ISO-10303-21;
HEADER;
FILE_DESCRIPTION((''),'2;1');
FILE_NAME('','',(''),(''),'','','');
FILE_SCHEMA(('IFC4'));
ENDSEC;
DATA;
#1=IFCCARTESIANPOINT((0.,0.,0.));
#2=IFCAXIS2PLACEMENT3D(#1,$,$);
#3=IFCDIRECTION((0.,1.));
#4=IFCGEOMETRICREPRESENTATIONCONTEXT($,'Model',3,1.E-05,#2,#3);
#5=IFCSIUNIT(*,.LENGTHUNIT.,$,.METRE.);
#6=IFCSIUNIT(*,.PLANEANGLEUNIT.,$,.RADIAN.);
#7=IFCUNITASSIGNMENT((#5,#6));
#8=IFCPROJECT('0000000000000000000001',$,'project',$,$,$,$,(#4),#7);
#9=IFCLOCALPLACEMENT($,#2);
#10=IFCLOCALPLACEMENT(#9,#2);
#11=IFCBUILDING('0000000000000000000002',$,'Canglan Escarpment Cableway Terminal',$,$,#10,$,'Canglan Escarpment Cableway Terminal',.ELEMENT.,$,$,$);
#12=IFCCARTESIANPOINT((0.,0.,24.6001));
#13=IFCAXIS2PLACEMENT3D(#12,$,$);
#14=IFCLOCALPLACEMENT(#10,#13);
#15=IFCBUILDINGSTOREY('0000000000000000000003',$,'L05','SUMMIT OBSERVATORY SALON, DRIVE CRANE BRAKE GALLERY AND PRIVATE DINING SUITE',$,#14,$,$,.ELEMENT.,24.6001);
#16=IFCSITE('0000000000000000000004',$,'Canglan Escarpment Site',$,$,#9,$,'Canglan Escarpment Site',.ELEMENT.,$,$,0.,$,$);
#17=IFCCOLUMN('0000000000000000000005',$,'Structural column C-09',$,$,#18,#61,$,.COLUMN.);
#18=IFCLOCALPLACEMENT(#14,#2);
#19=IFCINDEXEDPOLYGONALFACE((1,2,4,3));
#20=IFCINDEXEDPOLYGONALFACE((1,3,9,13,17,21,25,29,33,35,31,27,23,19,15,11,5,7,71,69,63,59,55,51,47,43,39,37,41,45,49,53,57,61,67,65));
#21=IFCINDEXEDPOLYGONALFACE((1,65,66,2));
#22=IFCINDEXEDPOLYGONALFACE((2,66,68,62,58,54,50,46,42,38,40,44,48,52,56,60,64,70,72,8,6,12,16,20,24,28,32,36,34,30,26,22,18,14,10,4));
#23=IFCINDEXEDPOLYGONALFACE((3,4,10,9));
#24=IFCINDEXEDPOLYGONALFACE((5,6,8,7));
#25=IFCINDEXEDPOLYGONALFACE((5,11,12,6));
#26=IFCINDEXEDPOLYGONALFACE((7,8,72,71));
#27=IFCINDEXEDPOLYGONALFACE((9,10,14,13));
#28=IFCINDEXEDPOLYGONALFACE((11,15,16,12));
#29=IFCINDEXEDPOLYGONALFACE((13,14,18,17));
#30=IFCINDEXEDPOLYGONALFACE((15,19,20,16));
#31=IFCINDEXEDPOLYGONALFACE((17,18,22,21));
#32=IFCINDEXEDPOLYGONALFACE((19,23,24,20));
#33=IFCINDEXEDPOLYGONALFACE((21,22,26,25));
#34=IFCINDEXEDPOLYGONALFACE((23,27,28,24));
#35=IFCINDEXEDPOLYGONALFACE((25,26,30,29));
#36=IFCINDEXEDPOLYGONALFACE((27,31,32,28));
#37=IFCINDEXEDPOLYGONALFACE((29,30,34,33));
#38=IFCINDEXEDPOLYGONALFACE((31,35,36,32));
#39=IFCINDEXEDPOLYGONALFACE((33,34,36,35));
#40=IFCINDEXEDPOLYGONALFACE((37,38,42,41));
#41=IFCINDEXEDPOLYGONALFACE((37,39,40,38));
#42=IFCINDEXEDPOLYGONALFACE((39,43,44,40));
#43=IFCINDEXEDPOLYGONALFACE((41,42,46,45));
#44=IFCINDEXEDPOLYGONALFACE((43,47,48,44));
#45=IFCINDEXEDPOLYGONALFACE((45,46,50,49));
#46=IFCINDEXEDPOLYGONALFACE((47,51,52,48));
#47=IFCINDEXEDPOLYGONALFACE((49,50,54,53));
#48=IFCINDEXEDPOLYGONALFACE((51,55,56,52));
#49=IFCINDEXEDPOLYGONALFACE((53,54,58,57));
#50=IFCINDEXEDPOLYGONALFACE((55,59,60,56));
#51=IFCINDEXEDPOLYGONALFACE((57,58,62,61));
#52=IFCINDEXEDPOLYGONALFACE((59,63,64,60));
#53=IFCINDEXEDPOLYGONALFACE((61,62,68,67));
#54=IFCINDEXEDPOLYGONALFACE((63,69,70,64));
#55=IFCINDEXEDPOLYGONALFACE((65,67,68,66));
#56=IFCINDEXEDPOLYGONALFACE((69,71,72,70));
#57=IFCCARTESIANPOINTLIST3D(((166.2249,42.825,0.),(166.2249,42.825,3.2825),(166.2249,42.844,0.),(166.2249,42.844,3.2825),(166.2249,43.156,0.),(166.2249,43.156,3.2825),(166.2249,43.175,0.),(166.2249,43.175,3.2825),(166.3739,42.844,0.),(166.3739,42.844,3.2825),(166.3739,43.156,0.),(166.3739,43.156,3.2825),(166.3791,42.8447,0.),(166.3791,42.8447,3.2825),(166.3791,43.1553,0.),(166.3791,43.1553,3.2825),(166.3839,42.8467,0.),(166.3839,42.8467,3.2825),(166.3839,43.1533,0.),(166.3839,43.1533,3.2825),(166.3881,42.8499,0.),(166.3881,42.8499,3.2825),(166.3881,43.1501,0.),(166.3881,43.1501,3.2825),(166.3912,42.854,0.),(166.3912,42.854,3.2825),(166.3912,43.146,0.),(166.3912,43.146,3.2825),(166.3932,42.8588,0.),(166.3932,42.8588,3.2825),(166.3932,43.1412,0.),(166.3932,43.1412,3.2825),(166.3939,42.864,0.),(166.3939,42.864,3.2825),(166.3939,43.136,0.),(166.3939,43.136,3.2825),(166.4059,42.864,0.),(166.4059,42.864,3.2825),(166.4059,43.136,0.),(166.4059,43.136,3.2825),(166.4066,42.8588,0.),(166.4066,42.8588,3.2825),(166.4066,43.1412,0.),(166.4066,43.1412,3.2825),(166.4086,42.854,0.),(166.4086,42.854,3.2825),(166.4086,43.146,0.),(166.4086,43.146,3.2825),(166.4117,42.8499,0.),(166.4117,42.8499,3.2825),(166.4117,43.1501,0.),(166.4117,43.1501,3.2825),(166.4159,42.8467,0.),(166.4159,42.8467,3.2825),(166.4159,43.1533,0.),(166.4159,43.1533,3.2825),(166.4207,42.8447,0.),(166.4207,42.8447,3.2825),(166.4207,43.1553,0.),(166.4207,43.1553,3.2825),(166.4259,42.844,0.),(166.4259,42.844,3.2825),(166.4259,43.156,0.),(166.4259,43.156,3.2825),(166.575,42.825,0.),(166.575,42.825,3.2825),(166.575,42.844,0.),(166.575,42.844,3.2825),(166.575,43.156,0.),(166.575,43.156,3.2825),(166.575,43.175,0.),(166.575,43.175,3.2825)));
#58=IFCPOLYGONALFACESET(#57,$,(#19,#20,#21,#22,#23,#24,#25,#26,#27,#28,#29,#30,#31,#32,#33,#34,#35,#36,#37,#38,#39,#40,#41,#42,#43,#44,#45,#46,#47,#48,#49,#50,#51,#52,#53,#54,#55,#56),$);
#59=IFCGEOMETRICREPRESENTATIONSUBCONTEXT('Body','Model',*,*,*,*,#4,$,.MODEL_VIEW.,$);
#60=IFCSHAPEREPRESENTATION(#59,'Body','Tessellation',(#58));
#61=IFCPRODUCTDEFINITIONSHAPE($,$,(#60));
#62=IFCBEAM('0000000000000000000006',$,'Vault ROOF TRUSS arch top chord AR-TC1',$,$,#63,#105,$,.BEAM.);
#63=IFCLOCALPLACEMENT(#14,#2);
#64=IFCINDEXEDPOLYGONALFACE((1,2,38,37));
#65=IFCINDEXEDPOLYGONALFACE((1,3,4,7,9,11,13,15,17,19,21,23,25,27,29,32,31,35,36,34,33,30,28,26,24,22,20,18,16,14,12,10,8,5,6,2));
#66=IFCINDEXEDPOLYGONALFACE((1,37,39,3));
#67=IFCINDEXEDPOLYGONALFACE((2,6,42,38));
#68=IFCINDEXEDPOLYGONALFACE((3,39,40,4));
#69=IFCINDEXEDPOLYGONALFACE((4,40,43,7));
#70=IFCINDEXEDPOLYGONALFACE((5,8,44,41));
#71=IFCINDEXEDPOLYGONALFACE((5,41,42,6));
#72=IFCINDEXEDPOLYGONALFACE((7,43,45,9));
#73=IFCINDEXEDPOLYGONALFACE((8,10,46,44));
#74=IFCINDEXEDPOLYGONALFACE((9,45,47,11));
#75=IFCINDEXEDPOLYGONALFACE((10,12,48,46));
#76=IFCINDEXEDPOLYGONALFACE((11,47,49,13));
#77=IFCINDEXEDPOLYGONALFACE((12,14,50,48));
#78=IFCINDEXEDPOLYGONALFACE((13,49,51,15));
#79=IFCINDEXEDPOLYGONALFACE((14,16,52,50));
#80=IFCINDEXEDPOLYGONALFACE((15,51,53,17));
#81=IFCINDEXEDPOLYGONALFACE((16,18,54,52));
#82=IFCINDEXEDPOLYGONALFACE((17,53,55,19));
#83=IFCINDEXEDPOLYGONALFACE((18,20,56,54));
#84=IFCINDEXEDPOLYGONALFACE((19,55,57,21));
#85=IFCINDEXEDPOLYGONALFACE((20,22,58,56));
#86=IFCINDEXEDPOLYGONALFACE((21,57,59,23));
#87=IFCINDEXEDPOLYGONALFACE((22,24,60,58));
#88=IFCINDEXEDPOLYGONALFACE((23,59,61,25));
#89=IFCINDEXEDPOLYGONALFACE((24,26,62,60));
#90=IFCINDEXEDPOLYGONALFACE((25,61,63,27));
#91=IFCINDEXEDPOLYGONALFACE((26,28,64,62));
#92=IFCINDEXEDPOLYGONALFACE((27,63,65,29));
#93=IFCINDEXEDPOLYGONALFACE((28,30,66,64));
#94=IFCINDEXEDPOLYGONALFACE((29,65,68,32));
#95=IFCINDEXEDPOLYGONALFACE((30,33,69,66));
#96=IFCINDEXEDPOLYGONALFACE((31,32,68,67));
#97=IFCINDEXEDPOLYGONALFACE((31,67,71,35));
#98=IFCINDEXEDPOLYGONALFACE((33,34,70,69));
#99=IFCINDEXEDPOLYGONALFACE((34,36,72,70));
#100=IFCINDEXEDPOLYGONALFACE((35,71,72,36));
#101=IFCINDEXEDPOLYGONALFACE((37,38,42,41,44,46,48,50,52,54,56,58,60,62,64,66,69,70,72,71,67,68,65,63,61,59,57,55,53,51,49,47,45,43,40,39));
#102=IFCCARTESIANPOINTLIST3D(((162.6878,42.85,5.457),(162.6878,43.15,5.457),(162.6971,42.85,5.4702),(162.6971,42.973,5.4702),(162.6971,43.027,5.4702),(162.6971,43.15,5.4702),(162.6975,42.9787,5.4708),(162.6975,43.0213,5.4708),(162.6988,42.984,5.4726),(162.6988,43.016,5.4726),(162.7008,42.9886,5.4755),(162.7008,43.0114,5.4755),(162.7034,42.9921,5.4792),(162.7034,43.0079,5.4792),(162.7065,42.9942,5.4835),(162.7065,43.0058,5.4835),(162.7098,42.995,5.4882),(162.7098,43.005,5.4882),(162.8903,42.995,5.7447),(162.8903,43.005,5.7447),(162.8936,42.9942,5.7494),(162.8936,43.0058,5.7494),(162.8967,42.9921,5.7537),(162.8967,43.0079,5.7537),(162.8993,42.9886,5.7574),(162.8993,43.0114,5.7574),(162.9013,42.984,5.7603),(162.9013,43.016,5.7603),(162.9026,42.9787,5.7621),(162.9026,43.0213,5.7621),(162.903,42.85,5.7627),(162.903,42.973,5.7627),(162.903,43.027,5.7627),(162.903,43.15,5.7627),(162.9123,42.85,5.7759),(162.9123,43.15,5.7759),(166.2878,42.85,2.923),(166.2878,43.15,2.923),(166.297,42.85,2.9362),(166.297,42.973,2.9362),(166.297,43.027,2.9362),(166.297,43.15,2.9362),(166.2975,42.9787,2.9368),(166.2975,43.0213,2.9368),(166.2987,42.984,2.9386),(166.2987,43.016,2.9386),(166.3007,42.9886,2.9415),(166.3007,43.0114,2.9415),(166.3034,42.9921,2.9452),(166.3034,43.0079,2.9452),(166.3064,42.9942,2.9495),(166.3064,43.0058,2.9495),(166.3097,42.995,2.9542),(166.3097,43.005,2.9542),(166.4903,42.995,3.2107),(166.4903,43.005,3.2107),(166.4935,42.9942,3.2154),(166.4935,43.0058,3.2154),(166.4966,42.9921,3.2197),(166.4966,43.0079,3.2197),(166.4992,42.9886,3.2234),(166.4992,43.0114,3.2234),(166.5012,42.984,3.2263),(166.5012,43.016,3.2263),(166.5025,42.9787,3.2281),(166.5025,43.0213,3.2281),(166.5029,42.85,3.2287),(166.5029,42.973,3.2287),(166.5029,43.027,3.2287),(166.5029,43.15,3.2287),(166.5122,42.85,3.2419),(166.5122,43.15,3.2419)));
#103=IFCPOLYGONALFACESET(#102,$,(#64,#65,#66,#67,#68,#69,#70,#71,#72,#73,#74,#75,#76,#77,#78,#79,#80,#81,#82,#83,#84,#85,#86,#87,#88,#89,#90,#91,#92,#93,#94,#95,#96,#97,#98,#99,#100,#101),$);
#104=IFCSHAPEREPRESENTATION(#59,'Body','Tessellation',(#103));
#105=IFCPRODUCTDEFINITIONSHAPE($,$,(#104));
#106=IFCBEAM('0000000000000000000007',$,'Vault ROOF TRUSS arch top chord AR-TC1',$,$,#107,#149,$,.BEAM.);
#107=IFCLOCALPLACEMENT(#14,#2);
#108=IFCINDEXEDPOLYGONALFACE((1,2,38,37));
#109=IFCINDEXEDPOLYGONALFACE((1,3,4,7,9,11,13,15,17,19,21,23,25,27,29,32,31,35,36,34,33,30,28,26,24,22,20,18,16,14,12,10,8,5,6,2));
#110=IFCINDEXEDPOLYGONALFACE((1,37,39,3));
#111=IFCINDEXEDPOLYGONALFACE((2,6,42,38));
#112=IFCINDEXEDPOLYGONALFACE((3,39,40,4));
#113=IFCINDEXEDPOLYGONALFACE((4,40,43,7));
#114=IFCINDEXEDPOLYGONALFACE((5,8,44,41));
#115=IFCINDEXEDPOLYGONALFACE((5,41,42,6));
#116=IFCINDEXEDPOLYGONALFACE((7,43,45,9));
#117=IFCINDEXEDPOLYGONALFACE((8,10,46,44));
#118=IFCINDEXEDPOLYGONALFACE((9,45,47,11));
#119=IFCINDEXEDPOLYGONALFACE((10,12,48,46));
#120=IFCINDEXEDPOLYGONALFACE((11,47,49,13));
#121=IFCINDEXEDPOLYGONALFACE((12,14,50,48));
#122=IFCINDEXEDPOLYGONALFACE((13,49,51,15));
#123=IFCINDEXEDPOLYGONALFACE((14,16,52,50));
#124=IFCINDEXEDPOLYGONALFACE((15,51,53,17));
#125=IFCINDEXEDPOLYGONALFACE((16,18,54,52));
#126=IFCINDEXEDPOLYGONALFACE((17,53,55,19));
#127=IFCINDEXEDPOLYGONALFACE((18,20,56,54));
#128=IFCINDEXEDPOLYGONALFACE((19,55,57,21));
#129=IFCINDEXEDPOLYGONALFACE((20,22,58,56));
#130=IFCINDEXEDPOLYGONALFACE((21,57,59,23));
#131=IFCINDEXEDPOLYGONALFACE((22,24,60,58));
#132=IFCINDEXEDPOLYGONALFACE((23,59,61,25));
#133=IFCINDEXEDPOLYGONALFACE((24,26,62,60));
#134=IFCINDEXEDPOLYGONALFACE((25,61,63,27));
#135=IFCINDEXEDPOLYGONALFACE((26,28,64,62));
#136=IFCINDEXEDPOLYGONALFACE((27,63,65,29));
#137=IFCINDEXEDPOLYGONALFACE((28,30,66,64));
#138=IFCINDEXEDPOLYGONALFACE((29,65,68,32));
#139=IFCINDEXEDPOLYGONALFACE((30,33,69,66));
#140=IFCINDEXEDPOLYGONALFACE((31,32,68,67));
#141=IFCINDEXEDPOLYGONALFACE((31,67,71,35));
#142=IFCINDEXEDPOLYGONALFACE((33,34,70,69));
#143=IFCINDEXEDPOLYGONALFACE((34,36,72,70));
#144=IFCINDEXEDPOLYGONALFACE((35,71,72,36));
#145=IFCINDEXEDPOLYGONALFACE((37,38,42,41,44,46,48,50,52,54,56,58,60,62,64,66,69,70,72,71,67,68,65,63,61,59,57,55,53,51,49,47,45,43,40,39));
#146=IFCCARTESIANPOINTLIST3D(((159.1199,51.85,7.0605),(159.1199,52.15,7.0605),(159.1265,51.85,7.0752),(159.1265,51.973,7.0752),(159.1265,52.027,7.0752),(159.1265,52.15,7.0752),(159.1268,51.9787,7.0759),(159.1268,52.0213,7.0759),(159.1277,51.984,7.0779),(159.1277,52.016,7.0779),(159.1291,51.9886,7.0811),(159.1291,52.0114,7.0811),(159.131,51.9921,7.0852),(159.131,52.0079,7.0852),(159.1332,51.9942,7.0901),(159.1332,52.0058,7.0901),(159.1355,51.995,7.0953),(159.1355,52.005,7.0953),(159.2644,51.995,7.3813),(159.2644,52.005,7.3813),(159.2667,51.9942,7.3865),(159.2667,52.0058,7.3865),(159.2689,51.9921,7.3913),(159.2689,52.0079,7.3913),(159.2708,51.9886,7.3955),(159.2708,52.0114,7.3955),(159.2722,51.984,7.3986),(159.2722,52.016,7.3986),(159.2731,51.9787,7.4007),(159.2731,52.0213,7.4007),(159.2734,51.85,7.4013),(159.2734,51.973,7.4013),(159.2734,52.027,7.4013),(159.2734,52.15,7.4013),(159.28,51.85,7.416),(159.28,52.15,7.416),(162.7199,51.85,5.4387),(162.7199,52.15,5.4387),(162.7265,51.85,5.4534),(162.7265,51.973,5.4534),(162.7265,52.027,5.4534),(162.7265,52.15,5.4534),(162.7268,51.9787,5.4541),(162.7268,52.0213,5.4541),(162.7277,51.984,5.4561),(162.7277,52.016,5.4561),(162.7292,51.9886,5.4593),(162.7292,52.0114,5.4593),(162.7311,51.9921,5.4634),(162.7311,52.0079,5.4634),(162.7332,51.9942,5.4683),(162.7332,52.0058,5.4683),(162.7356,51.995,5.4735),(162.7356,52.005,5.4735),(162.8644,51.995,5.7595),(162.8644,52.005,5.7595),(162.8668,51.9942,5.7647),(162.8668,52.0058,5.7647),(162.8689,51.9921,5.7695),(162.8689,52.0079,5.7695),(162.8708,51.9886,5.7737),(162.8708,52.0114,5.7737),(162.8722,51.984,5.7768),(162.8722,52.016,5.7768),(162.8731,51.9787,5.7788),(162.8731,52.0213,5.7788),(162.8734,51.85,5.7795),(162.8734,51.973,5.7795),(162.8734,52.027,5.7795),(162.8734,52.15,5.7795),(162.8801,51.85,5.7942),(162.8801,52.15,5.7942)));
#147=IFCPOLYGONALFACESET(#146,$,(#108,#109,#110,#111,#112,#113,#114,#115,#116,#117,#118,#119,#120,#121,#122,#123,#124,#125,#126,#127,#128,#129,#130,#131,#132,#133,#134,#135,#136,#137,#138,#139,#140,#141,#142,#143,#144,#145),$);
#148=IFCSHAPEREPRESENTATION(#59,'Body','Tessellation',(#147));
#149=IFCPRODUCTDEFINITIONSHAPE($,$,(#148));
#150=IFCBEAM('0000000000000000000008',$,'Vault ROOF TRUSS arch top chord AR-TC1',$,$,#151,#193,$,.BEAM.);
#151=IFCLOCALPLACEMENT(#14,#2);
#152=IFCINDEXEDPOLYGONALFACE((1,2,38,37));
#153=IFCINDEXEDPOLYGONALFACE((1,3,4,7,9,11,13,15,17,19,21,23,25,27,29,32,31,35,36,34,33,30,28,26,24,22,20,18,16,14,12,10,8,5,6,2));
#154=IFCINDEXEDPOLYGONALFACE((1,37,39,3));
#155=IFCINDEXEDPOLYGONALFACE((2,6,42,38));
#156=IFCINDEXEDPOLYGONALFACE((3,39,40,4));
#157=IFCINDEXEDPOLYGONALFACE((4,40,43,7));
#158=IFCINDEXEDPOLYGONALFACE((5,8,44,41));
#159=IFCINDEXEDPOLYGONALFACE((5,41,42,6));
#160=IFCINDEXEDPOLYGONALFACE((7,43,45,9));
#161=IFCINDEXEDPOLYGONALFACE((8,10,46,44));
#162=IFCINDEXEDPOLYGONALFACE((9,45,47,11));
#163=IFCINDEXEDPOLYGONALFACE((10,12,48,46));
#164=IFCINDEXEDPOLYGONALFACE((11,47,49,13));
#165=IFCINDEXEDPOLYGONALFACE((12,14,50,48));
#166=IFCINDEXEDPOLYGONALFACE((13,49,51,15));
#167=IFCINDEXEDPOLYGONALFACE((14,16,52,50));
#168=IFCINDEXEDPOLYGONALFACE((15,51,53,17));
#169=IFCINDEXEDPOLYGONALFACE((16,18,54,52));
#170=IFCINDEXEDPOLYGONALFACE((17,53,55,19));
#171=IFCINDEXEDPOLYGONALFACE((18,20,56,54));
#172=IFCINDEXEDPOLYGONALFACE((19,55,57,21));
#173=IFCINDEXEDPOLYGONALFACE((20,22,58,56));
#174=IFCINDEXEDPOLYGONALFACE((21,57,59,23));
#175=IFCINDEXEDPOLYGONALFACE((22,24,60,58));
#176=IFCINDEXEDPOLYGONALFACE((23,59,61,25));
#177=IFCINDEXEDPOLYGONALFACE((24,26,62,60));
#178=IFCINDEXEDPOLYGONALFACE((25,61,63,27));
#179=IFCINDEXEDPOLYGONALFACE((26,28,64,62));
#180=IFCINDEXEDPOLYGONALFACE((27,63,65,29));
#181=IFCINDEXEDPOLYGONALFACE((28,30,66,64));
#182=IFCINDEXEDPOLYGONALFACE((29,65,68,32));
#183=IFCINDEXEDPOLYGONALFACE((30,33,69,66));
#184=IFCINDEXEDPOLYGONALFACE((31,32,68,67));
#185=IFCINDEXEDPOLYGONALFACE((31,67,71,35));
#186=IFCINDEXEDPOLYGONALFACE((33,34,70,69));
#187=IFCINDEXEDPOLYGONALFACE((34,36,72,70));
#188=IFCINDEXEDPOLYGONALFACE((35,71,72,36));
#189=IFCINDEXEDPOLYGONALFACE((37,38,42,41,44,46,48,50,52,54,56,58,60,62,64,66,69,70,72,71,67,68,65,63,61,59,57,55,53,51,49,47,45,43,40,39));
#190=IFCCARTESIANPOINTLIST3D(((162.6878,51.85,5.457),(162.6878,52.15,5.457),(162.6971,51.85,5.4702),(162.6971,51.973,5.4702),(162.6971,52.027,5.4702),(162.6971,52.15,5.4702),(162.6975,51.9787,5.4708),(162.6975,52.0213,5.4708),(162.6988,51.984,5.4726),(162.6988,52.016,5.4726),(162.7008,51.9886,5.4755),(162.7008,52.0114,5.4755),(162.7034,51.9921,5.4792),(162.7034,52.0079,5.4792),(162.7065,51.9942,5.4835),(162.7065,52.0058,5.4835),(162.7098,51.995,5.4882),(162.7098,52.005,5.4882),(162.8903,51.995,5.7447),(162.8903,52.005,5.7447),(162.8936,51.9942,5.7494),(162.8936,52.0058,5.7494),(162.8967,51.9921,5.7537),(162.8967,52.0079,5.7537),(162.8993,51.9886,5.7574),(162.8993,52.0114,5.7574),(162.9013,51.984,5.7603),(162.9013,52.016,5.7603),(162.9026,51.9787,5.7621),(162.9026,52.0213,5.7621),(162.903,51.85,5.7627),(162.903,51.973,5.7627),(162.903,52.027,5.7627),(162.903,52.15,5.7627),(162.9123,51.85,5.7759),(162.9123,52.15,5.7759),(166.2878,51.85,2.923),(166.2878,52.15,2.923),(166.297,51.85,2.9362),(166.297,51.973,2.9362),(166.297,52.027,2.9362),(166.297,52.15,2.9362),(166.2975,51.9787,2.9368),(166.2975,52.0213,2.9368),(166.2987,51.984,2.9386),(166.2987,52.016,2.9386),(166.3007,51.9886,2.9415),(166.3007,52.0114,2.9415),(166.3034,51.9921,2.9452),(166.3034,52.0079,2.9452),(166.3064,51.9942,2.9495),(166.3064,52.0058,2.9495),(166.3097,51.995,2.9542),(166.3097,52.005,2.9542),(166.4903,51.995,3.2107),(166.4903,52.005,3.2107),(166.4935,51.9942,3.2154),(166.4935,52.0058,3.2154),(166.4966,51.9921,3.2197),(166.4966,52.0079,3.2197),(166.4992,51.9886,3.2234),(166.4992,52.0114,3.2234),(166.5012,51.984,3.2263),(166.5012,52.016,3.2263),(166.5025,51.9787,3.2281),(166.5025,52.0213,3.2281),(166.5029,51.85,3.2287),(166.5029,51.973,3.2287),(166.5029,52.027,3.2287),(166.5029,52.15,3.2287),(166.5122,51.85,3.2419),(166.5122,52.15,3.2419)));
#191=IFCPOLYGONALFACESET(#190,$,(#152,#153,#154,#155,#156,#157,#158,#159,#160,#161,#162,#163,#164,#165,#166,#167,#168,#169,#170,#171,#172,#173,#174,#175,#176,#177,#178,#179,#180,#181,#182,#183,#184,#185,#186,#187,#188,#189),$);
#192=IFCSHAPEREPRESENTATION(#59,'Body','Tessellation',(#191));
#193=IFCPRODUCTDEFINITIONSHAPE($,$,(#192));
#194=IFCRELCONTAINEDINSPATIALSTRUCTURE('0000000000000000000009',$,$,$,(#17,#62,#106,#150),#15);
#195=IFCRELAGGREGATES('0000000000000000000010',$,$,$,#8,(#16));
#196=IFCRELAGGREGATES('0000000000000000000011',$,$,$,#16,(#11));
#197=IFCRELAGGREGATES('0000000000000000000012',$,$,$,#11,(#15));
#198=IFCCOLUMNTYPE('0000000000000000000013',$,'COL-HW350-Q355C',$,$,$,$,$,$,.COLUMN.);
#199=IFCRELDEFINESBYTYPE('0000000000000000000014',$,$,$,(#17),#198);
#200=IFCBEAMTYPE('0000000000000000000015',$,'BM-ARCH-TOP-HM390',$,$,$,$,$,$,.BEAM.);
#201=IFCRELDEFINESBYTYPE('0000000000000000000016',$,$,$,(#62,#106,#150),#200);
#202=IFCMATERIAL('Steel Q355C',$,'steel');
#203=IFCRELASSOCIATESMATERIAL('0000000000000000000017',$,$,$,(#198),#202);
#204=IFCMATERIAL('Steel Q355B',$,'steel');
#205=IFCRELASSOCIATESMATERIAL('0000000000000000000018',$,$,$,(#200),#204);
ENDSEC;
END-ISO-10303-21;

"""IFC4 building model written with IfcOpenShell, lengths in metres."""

from ifc_helpers import new_model, si_unit, direction, frame, origin, origin_2d, place, context, subcontext, project, spatial, i_section, extrude, material, material_profile, profile_set, type_object, element, save


model = new_model("IFC4")

# Units and contexts
model_context = context("Model", 3, precision=1e-05, world=origin(), true_north=direction((0.0, 1.0)))
body_context = subcontext(model_context, "Body", "Model", "MODEL_VIEW")
ifc_project = project(units=[si_unit("LENGTHUNIT", "METRE"), si_unit("PLANEANGLEUNIT", "RADIAN")], contexts=[model_context])

# Site, building, storey
site_placement = place(None, origin())
site = spatial("IfcSite", under=ifc_project, at=site_placement, Name="Canglan Escarpment Site", LongName="Canglan Escarpment Site", CompositionType="ELEMENT", RefElevation=0.0)
building_placement = place(site_placement, origin())
building = spatial("IfcBuilding", under=site, at=building_placement, Name="Canglan Escarpment Cableway Terminal", LongName="Canglan Escarpment Cableway Terminal", CompositionType="ELEMENT")
storey_placement = place(building_placement, frame((0.0, 0.0, 24.6001)))
storey = spatial("IfcBuildingStorey", under=building, at=storey_placement, Name="L05", Description="SUMMIT OBSERVATORY SALON, DRIVE CRANE BRAKE GALLERY AND PRIVATE DINING SUITE", CompositionType="ELEMENT", Elevation=24.6001)

# Column
ifc_material_1 = material(Name="Steel Q355C", Category="steel")
ifc_material_profile_1 = material_profile(ifc_material_1, i_section(OverallWidth=0.3501, OverallDepth=0.3501, WebThickness=0.012, FlangeThickness=0.019, FilletRadius=0.02, at=origin_2d()), Name="HW 350x350x12x19")
ifc_profile_set_1 = profile_set([ifc_material_profile_1], Name="Steel Q355C")
column_type = type_object("IfcColumnType", Name="COL-HW350-Q355C", PredefinedType="COLUMN", material=ifc_profile_set_1)
column_placement = place(storey_placement, frame((166.3999, 43.0, 0.0), z_axis=(0.0, 0.0, 1.0), x_axis=(1.0, 0.0, 0.0)))
element("IfcColumn", 1, at=column_placement, inside=storey, type_object=column_type, Name="Structural column C-09", PredefinedType="COLUMN", context=body_context, shape_type="SweptSolid", body=[
    extrude(i_section(OverallWidth=0.3501, OverallDepth=0.3501, WebThickness=0.012, FlangeThickness=0.019, FilletRadius=0.02, at=origin_2d()), origin(), (0.0, 0.0, 1.0), 3.2825),
])

# Beams
ifc_material_2 = material(Name="Steel Q355B", Category="steel")
ifc_material_profile_2 = material_profile(ifc_material_2, i_section(OverallWidth=0.3, OverallDepth=0.3899, WebThickness=0.01, FlangeThickness=0.0161, FilletRadius=0.022, at=origin_2d()), Name="HM 390x300x10x16")
ifc_profile_set_2 = profile_set([ifc_material_profile_2], Name="Steel Q355B")
beam_type = type_object("IfcBeamType", Name="BM-ARCH-TOP-HM390", PredefinedType="BEAM", material=ifc_profile_set_2)
beam_1_placement = place(storey_placement, frame((162.8, 43.0, 5.6165), z_axis=(0.817731, 0.0, -0.575601), x_axis=(0.0, 1.0, 0.0)))
element("IfcBeam", 2, at=beam_1_placement, inside=storey, type_object=beam_type, Name="Vault ROOF TRUSS arch top chord AR-TC1", PredefinedType="BEAM", context=body_context, shape_type="SweptSolid", body=[
    extrude(i_section(OverallWidth=0.3, OverallDepth=0.3899, WebThickness=0.01, FlangeThickness=0.0161, FilletRadius=0.022, at=origin_2d()), origin(), (0.0, 0.0, 1.0), 4.4023),
])
beam_2_placement = place(storey_placement, frame((159.2, 52.0, 7.2383), z_axis=(0.911753, 0.0, -0.41074), x_axis=(0.0, 1.0, 0.0)))
element("IfcBeam", 3, at=beam_2_placement, inside=storey, type_object=beam_type, Name="Vault ROOF TRUSS arch top chord AR-TC1", PredefinedType="BEAM", context=body_context, shape_type="SweptSolid", body=[
    extrude(i_section(OverallWidth=0.3, OverallDepth=0.3899, WebThickness=0.01, FlangeThickness=0.0161, FilletRadius=0.022, at=origin_2d()), origin(), (0.0, 0.0, 1.0), 3.9485),
])
beam_3_placement = place(storey_placement, frame((162.8, 52.0, 5.6165), z_axis=(0.817731, 0.0, -0.575601), x_axis=(0.0, 1.0, 0.0)))
element("IfcBeam", 4, at=beam_3_placement, inside=storey, type_object=beam_type, Name="Vault ROOF TRUSS arch top chord AR-TC1", PredefinedType="BEAM", context=body_context, shape_type="SweptSolid", body=[
    extrude(i_section(OverallWidth=0.3, OverallDepth=0.3899, WebThickness=0.01, FlangeThickness=0.0161, FilletRadius=0.022, at=origin_2d()), origin(), (0.0, 0.0, 1.0), 4.4023),
])

save(model, "model.ifc")
